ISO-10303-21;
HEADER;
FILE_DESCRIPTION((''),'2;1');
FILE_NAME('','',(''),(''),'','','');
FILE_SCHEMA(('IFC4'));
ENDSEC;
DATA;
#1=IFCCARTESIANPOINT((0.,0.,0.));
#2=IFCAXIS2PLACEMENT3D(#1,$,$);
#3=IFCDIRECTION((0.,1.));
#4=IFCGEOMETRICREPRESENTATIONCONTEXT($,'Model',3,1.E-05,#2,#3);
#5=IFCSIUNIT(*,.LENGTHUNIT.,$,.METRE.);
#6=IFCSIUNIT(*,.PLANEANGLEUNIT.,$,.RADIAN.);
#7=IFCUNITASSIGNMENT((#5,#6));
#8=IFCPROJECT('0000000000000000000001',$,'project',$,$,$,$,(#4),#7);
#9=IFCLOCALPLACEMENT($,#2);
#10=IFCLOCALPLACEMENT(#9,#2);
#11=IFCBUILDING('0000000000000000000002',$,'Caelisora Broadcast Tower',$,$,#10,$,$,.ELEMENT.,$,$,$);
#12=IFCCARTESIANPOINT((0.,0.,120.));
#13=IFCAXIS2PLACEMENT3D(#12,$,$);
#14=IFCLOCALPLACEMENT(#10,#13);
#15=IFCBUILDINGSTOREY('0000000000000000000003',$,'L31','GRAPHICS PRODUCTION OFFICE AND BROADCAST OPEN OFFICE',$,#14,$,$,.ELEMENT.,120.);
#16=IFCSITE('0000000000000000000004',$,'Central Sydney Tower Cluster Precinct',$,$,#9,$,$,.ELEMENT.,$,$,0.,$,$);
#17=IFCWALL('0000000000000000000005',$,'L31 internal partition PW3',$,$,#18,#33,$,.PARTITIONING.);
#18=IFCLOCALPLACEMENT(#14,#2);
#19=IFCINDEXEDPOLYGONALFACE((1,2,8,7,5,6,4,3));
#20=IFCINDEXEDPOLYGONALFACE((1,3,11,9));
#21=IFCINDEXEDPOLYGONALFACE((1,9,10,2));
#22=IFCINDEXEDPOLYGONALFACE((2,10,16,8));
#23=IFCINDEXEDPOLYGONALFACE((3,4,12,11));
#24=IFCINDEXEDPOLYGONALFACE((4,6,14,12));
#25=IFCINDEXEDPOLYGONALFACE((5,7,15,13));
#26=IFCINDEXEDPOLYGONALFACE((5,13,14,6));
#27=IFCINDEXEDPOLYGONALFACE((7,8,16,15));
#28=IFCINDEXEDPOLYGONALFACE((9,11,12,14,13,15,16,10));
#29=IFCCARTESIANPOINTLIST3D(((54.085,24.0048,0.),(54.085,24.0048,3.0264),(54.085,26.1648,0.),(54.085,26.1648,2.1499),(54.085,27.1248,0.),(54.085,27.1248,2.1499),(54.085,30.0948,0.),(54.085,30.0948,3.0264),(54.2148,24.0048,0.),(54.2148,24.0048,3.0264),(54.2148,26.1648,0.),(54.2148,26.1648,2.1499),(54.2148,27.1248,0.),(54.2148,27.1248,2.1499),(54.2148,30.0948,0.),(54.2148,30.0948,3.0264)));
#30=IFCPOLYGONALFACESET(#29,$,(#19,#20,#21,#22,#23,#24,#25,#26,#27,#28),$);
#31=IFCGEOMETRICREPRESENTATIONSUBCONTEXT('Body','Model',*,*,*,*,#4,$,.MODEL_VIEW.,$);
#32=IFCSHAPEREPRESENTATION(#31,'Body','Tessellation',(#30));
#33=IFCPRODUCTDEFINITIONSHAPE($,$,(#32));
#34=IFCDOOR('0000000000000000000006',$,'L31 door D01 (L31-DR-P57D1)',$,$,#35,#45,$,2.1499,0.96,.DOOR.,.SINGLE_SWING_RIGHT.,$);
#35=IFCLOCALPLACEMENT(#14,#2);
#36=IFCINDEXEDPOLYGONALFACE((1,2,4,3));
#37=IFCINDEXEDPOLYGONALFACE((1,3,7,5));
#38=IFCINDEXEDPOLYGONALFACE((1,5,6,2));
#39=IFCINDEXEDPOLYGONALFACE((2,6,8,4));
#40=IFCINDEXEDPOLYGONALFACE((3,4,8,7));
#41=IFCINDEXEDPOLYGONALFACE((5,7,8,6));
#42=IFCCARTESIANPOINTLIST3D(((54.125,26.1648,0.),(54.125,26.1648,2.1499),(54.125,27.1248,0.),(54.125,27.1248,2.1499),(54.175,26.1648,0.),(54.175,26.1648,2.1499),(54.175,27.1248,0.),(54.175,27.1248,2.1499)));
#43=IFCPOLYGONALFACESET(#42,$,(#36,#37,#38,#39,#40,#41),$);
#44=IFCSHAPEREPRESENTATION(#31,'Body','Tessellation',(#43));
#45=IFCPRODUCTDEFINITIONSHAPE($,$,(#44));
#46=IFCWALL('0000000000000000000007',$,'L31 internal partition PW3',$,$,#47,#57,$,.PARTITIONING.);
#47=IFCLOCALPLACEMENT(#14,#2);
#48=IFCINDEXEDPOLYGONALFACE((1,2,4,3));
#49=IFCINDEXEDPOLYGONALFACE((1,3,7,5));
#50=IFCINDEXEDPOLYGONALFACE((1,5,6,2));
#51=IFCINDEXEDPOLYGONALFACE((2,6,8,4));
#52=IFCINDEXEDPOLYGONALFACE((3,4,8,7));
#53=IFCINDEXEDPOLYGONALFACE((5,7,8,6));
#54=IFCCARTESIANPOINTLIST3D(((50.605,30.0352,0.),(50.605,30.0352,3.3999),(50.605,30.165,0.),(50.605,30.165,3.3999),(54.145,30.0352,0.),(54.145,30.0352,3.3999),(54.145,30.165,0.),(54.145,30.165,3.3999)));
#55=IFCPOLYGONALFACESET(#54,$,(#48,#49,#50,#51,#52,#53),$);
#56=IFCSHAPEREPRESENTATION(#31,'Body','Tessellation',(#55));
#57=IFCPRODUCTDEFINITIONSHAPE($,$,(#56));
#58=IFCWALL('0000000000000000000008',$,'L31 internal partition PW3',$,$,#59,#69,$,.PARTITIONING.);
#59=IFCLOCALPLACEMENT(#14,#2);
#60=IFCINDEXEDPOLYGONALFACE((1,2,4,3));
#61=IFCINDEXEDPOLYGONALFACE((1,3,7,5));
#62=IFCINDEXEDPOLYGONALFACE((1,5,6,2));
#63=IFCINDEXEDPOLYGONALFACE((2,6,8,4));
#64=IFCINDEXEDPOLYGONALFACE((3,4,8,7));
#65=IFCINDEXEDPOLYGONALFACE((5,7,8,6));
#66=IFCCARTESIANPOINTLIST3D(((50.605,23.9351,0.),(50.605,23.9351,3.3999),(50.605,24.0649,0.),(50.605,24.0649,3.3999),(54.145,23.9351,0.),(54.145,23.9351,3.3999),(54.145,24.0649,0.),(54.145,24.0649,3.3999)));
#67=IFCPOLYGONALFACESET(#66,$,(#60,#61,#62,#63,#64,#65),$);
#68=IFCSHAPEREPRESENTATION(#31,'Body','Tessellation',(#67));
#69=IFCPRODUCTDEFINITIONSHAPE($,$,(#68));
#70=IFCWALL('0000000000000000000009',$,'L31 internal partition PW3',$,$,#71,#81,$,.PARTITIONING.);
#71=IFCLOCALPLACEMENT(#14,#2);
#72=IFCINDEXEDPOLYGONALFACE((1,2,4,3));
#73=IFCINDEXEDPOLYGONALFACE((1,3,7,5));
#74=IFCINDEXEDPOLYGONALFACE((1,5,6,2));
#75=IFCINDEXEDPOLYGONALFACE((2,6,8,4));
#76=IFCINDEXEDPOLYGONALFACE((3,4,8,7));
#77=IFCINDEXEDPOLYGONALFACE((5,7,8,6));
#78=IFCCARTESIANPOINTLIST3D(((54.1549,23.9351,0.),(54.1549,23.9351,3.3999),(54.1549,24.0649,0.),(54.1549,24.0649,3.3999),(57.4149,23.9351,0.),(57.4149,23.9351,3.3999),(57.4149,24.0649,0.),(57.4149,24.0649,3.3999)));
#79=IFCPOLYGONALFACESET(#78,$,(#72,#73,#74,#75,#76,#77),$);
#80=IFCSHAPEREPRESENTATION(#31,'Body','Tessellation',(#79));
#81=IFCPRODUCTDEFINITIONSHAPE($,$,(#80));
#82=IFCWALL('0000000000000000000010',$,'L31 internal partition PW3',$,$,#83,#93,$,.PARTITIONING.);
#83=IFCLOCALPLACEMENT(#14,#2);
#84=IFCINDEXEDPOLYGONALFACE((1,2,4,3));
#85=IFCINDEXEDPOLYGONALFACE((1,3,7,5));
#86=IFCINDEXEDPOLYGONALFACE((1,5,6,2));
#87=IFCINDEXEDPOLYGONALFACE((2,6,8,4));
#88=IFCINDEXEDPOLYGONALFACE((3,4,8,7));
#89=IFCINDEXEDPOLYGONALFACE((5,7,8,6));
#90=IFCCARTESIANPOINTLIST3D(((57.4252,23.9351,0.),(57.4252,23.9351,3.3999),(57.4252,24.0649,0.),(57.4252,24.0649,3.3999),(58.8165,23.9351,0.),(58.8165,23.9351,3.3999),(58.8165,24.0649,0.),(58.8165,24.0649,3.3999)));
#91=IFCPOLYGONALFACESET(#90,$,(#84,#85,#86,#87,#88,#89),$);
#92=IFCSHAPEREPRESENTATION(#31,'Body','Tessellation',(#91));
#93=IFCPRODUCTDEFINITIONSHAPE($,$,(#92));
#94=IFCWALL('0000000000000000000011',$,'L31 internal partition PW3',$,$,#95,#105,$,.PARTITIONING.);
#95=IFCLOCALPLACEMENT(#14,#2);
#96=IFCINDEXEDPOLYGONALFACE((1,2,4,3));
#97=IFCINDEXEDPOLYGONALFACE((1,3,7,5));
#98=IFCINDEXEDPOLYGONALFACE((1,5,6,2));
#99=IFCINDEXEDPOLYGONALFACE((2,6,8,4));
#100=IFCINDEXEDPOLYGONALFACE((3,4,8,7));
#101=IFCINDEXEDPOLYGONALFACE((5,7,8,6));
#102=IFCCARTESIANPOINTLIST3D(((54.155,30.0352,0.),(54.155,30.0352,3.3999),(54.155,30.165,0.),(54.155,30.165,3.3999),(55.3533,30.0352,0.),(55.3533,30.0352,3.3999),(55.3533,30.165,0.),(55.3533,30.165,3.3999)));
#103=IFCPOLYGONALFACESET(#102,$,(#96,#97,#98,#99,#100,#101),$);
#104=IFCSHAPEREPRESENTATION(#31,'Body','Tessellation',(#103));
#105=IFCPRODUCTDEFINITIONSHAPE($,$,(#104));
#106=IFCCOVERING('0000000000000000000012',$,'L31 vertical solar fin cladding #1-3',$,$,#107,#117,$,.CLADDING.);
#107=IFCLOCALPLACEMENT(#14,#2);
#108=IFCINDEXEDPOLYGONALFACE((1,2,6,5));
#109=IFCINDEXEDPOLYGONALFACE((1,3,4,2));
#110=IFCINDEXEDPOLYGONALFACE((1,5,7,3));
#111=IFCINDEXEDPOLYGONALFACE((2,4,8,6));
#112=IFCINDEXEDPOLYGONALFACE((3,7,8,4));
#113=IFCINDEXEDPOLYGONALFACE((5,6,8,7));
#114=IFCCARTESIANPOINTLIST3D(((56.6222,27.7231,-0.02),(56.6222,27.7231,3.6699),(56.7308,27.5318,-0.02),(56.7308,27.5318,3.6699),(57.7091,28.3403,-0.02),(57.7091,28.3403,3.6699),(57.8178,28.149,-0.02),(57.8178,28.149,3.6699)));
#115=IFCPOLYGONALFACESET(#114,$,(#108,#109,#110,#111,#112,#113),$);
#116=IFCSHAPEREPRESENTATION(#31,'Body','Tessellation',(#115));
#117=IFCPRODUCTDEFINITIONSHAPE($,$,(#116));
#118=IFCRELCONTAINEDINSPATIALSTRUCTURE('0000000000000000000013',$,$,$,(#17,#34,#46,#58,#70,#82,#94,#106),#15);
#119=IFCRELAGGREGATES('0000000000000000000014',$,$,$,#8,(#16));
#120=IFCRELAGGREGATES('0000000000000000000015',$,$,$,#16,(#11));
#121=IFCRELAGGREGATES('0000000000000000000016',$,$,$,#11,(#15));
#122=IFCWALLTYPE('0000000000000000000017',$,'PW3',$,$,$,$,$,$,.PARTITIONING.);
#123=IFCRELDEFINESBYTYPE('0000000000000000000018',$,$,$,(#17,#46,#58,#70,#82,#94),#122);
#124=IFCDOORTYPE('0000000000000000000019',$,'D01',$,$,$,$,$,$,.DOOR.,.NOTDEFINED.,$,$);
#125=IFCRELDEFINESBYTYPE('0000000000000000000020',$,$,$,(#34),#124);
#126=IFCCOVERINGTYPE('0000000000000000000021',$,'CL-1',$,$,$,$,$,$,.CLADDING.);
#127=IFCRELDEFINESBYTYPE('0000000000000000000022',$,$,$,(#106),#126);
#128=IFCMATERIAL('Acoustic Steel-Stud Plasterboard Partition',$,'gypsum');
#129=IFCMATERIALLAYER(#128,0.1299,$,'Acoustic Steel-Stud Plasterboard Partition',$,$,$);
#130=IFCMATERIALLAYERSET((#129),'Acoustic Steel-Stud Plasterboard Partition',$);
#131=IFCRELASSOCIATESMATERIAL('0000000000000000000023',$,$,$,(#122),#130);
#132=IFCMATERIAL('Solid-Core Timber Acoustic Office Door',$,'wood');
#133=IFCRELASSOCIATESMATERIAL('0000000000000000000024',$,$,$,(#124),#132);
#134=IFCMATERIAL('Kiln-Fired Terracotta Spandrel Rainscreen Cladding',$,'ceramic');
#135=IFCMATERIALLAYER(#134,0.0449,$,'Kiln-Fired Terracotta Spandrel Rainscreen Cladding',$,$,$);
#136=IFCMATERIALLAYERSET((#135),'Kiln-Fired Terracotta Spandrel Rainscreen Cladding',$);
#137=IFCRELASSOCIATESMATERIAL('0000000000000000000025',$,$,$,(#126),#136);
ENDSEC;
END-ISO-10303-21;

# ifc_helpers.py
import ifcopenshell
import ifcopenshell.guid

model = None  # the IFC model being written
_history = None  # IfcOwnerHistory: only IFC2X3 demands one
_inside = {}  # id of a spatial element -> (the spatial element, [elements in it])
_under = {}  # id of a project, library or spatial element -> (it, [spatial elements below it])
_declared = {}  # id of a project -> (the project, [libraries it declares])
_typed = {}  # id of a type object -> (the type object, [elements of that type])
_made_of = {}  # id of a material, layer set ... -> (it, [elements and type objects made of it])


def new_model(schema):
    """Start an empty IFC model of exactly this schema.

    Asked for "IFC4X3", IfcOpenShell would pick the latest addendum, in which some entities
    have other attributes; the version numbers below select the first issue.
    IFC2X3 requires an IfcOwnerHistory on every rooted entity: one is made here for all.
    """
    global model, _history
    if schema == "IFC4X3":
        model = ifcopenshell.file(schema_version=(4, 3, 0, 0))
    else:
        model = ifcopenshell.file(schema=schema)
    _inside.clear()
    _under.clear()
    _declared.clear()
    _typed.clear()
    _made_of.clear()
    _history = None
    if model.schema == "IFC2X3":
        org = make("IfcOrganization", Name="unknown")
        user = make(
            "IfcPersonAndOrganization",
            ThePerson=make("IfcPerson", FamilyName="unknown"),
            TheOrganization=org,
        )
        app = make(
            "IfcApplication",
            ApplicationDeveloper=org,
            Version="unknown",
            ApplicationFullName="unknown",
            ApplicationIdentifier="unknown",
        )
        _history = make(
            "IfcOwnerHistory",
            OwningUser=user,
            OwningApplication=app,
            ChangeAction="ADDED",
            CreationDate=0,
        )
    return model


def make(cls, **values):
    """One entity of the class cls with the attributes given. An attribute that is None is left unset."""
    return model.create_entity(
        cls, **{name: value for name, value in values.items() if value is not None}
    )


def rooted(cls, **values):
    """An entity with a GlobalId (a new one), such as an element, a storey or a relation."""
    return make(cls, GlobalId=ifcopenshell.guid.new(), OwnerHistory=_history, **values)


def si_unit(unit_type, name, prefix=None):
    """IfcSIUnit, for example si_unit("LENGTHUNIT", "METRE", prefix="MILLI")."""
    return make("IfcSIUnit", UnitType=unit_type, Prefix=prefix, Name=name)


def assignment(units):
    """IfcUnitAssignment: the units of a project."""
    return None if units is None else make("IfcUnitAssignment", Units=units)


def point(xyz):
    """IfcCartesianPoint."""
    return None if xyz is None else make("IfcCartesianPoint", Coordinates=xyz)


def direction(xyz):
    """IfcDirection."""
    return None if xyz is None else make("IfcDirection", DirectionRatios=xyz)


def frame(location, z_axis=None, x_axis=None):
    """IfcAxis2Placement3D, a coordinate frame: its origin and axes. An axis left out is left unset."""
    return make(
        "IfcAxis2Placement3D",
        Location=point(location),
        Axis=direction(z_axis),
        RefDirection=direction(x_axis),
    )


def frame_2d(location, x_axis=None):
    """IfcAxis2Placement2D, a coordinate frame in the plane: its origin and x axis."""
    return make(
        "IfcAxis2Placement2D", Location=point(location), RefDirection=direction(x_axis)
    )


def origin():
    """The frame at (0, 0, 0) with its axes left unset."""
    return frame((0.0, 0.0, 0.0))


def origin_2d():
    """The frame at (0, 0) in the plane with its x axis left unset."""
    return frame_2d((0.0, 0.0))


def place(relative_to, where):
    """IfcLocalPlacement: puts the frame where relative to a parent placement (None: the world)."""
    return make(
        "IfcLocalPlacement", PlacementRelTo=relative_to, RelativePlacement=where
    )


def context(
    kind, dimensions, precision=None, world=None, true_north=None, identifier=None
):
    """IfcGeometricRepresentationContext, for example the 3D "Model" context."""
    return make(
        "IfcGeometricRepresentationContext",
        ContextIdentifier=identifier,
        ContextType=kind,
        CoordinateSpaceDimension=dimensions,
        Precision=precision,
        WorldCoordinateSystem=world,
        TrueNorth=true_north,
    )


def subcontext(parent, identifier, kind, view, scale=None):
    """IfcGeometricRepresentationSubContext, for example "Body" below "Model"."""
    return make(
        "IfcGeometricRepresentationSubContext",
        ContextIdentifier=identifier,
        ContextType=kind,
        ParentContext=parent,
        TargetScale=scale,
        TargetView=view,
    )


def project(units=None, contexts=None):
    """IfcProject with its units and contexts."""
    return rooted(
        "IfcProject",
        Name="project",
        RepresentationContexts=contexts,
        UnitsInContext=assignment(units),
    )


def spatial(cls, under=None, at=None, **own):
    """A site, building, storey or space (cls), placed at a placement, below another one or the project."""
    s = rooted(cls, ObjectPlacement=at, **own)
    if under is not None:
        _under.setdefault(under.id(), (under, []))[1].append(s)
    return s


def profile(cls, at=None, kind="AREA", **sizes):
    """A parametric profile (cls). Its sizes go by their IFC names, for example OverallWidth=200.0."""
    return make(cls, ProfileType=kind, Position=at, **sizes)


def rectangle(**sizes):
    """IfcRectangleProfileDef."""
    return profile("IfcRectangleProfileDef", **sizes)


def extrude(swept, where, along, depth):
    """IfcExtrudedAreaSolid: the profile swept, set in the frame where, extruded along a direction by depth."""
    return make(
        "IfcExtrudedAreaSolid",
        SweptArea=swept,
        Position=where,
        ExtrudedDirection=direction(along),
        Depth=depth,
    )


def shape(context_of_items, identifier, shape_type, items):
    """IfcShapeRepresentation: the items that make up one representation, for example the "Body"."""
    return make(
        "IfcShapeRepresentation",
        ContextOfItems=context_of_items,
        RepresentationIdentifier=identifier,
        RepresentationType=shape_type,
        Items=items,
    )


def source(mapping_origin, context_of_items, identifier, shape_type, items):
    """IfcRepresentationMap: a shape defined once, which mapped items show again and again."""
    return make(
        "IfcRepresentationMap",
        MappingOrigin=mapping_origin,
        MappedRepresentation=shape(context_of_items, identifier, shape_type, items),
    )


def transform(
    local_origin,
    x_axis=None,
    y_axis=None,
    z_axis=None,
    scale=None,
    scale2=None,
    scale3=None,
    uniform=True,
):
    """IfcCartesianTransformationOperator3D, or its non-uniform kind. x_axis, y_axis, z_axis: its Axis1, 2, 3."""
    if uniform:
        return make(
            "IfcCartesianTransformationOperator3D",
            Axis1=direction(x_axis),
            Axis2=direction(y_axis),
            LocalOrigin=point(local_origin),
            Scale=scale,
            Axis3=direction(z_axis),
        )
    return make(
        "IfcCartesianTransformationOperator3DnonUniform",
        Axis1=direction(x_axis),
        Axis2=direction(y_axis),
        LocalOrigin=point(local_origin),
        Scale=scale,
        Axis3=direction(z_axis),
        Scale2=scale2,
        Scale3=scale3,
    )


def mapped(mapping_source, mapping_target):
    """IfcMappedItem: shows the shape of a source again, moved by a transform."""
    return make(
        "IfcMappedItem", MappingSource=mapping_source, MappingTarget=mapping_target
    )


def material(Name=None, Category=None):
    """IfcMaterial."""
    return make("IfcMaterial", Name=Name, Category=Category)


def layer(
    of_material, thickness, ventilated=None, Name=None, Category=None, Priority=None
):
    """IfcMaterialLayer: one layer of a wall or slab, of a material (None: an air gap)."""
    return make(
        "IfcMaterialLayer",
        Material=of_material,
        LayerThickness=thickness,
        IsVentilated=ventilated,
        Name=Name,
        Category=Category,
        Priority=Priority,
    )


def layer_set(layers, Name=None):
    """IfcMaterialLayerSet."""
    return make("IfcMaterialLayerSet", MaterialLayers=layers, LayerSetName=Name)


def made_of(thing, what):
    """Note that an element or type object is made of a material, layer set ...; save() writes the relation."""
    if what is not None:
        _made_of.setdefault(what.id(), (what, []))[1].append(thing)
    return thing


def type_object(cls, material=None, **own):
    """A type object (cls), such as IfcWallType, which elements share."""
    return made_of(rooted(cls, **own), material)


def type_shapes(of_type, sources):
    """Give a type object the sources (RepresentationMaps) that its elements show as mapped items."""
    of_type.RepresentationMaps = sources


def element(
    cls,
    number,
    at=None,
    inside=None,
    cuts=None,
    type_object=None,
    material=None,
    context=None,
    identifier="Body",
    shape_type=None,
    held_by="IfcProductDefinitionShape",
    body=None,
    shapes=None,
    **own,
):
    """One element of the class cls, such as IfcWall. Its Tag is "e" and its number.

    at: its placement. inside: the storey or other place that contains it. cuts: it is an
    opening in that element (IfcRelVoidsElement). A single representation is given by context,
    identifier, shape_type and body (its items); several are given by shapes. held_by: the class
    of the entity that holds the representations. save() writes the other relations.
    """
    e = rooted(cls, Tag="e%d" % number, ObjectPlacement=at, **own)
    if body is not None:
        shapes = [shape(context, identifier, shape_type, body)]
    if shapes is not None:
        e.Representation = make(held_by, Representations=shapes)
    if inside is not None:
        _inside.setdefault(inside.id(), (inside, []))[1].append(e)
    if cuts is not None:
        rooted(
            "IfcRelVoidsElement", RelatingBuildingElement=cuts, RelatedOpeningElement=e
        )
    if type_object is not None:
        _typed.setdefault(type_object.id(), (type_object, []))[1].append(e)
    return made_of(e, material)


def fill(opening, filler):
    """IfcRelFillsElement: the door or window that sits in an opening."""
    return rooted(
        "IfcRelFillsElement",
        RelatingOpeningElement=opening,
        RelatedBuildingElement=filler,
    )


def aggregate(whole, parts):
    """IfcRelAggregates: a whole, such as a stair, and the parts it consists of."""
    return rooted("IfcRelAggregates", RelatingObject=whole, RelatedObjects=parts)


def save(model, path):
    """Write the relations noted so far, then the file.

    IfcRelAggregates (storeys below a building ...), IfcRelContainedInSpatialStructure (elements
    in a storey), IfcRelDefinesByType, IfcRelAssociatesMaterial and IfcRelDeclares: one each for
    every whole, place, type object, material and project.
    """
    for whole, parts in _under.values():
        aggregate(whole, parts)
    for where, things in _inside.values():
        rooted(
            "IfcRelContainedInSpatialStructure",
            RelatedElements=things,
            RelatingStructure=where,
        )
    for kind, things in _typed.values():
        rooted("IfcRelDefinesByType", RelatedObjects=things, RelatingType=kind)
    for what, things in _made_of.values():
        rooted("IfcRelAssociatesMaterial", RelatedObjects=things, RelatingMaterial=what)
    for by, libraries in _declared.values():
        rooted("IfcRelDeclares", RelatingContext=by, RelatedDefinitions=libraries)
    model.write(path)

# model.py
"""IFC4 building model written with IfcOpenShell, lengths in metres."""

from ifc_helpers import new_model, si_unit, direction, frame, frame_2d, origin, origin_2d, place, context, subcontext, project, spatial, rectangle, extrude, source, transform, mapped, material, layer, layer_set, type_object, type_shapes, element, fill, save


model = new_model("IFC4")

# Units and contexts
model_context = context("Model", 3, precision=1e-05, world=origin(), true_north=direction((0.0, 1.0)))
body_context = subcontext(model_context, "Body", "Model", "MODEL_VIEW")
ifc_project = project(units=[si_unit("LENGTHUNIT", "METRE"), si_unit("PLANEANGLEUNIT", "RADIAN")], contexts=[model_context])

# Site, building, storey
site_placement = place(None, origin())
site = spatial("IfcSite", under=ifc_project, at=site_placement, Name="Central Sydney Tower Cluster Precinct", CompositionType="ELEMENT", RefElevation=0.0)
building_placement = place(site_placement, origin())
building = spatial("IfcBuilding", under=site, at=building_placement, Name="Caelisora Broadcast Tower", CompositionType="ELEMENT")
storey_placement = place(building_placement, frame((0.0, 0.0, 120.0)))
storey = spatial("IfcBuildingStorey", under=building, at=storey_placement, Name="L31", Description="GRAPHICS PRODUCTION OFFICE AND BROADCAST OPEN OFFICE", CompositionType="ELEMENT", Elevation=120.0)

# Wall, opening, door
ifc_material_1 = material(Name="Acoustic Steel-Stud Plasterboard Partition", Category="gypsum")
ifc_layer_1 = layer(ifc_material_1, 0.1299, Name="Acoustic Steel-Stud Plasterboard Partition")
ifc_layer_set_1 = layer_set([ifc_layer_1], Name="Acoustic Steel-Stud Plasterboard Partition")
wall_type = type_object("IfcWallType", Name="PW3", PredefinedType="PARTITIONING", material=ifc_layer_set_1)
ifc_material_2 = material(Name="Solid-Core Timber Acoustic Office Door", Category="wood")
door_type = type_object("IfcDoorType", Name="D01", OperationType="NOTDEFINED", PredefinedType="DOOR", material=ifc_material_2)
wall_1_placement = place(storey_placement, frame((54.1499, 24.0049, 0.0), z_axis=(0.0, 0.0, 1.0), x_axis=(0.0, 1.0, 0.0)))
wall_1 = element("IfcWall", 1, at=wall_1_placement, inside=storey, type_object=wall_type, Name="L31 internal partition PW3", PredefinedType="PARTITIONING", context=body_context, shape_type="SweptSolid", body=[
    extrude(rectangle(XDim=6.0901, YDim=0.1299, at=frame_2d((3.0449, 0.0))), origin(), (0.0, 0.0, 1.0), 3.0264),
])
opening_1_placement = place(wall_1_placement, frame((2.1599, 0.0, 0.0)))
opening_1 = element("IfcOpeningElement", 2, at=opening_1_placement, cuts=wall_1, PredefinedType="OPENING", context=body_context, shape_type="SweptSolid", body=[
    extrude(rectangle(XDim=0.96, YDim=2.1499, at=frame_2d((0.48, 1.075))), frame((0.0, 0.0769, 0.0), z_axis=(0.0, -1.0, 0.0), x_axis=(1.0, 0.0, 0.0)), (0.0, 0.0, 1.0), 0.1538),
])
door_1_placement = place(opening_1_placement, origin())
door_1 = element("IfcDoor", 3, at=door_1_placement, inside=storey, type_object=door_type, Name="L31 door D01 (L31-DR-P57D1)", OperationType="SINGLE_SWING_RIGHT", OverallHeight=2.1499, OverallWidth=0.96, PredefinedType="DOOR", context=body_context, shape_type="SweptSolid", body=[
    extrude(rectangle(XDim=0.96, YDim=2.1499, at=frame_2d((0.48, 1.075))), frame((0.0, 0.0249, 0.0), z_axis=(0.0, -1.0, 0.0), x_axis=(1.0, 0.0, 0.0)), (0.0, 0.0, 1.0), 0.05),
])
fill(opening_1, door_1)

# Walls
for number, where, z_axis, x_axis, name in (
    (4, (50.605, 30.1001, 0.0), (0.0, 0.0, 1.0), (1.0, 0.0, 0.0), "L31 internal partition PW3"),
    (5, (50.605, 24.0, 0.0), (0.0, 0.0, 1.0), (1.0, 0.0, 0.0), "L31 internal partition PW3"),
):
    element("IfcWall", number, at=place(storey_placement, frame(where, z_axis=z_axis, x_axis=x_axis)), inside=storey, type_object=wall_type, Name=name, PredefinedType="PARTITIONING", context=body_context, shape_type="SweptSolid", body=[
        extrude(rectangle(XDim=3.54, YDim=0.1299, at=frame_2d((1.77, 0.0))), origin(), (0.0, 0.0, 1.0), 3.3999),
    ])
wall_2_placement = place(storey_placement, frame((54.155, 24.0, 0.0), z_axis=(0.0, 0.0, 1.0), x_axis=(1.0, 0.0, 0.0)))
element("IfcWall", 6, at=wall_2_placement, inside=storey, type_object=wall_type, Name="L31 internal partition PW3", PredefinedType="PARTITIONING", context=body_context, shape_type="SweptSolid", body=[
    extrude(rectangle(XDim=3.26, YDim=0.1299, at=frame_2d((1.6299, 0.0))), origin(), (0.0, 0.0, 1.0), 3.3999),
])
wall_3_placement = place(storey_placement, frame((57.425, 24.0, 0.0), z_axis=(0.0, 0.0, 1.0), x_axis=(1.0, 0.0, 0.0)))
element("IfcWall", 7, at=wall_3_placement, inside=storey, type_object=wall_type, Name="L31 internal partition PW3", PredefinedType="PARTITIONING", context=body_context, shape_type="SweptSolid", body=[
    extrude(rectangle(XDim=1.3914, YDim=0.1299, at=frame_2d((0.6958, 0.0))), origin(), (0.0, 0.0, 1.0), 3.3999),
])
wall_4_placement = place(storey_placement, frame((54.155, 30.1001, 0.0), z_axis=(0.0, 0.0, 1.0), x_axis=(1.0, 0.0, 0.0)))
element("IfcWall", 8, at=wall_4_placement, inside=storey, type_object=wall_type, Name="L31 internal partition PW3", PredefinedType="PARTITIONING", context=body_context, shape_type="SweptSolid", body=[
    extrude(rectangle(XDim=1.1982, YDim=0.1299, at=frame_2d((0.5991, 0.0))), origin(), (0.0, 0.0, 1.0), 3.3999),
])

# Covering
ifc_material_3 = material(Name="Kiln-Fired Terracotta Spandrel Rainscreen Cladding", Category="ceramic")
ifc_layer_2 = layer(ifc_material_3, 0.0449, Name="Kiln-Fired Terracotta Spandrel Rainscreen Cladding")
ifc_layer_set_2 = layer_set([ifc_layer_2], Name="Kiln-Fired Terracotta Spandrel Rainscreen Cladding")
covering_type = type_object("IfcCoveringType", Name="CL-1", PredefinedType="CLADDING", material=ifc_layer_set_2)
shared_shape_1 = source(origin(), body_context, "Body", "SweptSolid", [
    extrude(rectangle(XDim=0.22, YDim=1.25, at=origin_2d()), origin(), (0.0, 0.0, 1.0), 3.6899),
])
type_shapes(covering_type, [shared_shape_1])
covering_placement = place(storey_placement, frame((57.22, 27.936, -0.02), z_axis=(0.0, 0.0, 1.0), x_axis=(0.49379, -0.869581, 0.0)))
element("IfcCovering", 9, at=covering_placement, inside=storey, type_object=covering_type, Name="L31 vertical solar fin cladding #1-3", PredefinedType="CLADDING", context=body_context, shape_type="MappedRepresentation", body=[
    mapped(shared_shape_1, transform((0.0, 0.0, 0.0), scale=1.0)),
])

save(model, "model.ifc")
